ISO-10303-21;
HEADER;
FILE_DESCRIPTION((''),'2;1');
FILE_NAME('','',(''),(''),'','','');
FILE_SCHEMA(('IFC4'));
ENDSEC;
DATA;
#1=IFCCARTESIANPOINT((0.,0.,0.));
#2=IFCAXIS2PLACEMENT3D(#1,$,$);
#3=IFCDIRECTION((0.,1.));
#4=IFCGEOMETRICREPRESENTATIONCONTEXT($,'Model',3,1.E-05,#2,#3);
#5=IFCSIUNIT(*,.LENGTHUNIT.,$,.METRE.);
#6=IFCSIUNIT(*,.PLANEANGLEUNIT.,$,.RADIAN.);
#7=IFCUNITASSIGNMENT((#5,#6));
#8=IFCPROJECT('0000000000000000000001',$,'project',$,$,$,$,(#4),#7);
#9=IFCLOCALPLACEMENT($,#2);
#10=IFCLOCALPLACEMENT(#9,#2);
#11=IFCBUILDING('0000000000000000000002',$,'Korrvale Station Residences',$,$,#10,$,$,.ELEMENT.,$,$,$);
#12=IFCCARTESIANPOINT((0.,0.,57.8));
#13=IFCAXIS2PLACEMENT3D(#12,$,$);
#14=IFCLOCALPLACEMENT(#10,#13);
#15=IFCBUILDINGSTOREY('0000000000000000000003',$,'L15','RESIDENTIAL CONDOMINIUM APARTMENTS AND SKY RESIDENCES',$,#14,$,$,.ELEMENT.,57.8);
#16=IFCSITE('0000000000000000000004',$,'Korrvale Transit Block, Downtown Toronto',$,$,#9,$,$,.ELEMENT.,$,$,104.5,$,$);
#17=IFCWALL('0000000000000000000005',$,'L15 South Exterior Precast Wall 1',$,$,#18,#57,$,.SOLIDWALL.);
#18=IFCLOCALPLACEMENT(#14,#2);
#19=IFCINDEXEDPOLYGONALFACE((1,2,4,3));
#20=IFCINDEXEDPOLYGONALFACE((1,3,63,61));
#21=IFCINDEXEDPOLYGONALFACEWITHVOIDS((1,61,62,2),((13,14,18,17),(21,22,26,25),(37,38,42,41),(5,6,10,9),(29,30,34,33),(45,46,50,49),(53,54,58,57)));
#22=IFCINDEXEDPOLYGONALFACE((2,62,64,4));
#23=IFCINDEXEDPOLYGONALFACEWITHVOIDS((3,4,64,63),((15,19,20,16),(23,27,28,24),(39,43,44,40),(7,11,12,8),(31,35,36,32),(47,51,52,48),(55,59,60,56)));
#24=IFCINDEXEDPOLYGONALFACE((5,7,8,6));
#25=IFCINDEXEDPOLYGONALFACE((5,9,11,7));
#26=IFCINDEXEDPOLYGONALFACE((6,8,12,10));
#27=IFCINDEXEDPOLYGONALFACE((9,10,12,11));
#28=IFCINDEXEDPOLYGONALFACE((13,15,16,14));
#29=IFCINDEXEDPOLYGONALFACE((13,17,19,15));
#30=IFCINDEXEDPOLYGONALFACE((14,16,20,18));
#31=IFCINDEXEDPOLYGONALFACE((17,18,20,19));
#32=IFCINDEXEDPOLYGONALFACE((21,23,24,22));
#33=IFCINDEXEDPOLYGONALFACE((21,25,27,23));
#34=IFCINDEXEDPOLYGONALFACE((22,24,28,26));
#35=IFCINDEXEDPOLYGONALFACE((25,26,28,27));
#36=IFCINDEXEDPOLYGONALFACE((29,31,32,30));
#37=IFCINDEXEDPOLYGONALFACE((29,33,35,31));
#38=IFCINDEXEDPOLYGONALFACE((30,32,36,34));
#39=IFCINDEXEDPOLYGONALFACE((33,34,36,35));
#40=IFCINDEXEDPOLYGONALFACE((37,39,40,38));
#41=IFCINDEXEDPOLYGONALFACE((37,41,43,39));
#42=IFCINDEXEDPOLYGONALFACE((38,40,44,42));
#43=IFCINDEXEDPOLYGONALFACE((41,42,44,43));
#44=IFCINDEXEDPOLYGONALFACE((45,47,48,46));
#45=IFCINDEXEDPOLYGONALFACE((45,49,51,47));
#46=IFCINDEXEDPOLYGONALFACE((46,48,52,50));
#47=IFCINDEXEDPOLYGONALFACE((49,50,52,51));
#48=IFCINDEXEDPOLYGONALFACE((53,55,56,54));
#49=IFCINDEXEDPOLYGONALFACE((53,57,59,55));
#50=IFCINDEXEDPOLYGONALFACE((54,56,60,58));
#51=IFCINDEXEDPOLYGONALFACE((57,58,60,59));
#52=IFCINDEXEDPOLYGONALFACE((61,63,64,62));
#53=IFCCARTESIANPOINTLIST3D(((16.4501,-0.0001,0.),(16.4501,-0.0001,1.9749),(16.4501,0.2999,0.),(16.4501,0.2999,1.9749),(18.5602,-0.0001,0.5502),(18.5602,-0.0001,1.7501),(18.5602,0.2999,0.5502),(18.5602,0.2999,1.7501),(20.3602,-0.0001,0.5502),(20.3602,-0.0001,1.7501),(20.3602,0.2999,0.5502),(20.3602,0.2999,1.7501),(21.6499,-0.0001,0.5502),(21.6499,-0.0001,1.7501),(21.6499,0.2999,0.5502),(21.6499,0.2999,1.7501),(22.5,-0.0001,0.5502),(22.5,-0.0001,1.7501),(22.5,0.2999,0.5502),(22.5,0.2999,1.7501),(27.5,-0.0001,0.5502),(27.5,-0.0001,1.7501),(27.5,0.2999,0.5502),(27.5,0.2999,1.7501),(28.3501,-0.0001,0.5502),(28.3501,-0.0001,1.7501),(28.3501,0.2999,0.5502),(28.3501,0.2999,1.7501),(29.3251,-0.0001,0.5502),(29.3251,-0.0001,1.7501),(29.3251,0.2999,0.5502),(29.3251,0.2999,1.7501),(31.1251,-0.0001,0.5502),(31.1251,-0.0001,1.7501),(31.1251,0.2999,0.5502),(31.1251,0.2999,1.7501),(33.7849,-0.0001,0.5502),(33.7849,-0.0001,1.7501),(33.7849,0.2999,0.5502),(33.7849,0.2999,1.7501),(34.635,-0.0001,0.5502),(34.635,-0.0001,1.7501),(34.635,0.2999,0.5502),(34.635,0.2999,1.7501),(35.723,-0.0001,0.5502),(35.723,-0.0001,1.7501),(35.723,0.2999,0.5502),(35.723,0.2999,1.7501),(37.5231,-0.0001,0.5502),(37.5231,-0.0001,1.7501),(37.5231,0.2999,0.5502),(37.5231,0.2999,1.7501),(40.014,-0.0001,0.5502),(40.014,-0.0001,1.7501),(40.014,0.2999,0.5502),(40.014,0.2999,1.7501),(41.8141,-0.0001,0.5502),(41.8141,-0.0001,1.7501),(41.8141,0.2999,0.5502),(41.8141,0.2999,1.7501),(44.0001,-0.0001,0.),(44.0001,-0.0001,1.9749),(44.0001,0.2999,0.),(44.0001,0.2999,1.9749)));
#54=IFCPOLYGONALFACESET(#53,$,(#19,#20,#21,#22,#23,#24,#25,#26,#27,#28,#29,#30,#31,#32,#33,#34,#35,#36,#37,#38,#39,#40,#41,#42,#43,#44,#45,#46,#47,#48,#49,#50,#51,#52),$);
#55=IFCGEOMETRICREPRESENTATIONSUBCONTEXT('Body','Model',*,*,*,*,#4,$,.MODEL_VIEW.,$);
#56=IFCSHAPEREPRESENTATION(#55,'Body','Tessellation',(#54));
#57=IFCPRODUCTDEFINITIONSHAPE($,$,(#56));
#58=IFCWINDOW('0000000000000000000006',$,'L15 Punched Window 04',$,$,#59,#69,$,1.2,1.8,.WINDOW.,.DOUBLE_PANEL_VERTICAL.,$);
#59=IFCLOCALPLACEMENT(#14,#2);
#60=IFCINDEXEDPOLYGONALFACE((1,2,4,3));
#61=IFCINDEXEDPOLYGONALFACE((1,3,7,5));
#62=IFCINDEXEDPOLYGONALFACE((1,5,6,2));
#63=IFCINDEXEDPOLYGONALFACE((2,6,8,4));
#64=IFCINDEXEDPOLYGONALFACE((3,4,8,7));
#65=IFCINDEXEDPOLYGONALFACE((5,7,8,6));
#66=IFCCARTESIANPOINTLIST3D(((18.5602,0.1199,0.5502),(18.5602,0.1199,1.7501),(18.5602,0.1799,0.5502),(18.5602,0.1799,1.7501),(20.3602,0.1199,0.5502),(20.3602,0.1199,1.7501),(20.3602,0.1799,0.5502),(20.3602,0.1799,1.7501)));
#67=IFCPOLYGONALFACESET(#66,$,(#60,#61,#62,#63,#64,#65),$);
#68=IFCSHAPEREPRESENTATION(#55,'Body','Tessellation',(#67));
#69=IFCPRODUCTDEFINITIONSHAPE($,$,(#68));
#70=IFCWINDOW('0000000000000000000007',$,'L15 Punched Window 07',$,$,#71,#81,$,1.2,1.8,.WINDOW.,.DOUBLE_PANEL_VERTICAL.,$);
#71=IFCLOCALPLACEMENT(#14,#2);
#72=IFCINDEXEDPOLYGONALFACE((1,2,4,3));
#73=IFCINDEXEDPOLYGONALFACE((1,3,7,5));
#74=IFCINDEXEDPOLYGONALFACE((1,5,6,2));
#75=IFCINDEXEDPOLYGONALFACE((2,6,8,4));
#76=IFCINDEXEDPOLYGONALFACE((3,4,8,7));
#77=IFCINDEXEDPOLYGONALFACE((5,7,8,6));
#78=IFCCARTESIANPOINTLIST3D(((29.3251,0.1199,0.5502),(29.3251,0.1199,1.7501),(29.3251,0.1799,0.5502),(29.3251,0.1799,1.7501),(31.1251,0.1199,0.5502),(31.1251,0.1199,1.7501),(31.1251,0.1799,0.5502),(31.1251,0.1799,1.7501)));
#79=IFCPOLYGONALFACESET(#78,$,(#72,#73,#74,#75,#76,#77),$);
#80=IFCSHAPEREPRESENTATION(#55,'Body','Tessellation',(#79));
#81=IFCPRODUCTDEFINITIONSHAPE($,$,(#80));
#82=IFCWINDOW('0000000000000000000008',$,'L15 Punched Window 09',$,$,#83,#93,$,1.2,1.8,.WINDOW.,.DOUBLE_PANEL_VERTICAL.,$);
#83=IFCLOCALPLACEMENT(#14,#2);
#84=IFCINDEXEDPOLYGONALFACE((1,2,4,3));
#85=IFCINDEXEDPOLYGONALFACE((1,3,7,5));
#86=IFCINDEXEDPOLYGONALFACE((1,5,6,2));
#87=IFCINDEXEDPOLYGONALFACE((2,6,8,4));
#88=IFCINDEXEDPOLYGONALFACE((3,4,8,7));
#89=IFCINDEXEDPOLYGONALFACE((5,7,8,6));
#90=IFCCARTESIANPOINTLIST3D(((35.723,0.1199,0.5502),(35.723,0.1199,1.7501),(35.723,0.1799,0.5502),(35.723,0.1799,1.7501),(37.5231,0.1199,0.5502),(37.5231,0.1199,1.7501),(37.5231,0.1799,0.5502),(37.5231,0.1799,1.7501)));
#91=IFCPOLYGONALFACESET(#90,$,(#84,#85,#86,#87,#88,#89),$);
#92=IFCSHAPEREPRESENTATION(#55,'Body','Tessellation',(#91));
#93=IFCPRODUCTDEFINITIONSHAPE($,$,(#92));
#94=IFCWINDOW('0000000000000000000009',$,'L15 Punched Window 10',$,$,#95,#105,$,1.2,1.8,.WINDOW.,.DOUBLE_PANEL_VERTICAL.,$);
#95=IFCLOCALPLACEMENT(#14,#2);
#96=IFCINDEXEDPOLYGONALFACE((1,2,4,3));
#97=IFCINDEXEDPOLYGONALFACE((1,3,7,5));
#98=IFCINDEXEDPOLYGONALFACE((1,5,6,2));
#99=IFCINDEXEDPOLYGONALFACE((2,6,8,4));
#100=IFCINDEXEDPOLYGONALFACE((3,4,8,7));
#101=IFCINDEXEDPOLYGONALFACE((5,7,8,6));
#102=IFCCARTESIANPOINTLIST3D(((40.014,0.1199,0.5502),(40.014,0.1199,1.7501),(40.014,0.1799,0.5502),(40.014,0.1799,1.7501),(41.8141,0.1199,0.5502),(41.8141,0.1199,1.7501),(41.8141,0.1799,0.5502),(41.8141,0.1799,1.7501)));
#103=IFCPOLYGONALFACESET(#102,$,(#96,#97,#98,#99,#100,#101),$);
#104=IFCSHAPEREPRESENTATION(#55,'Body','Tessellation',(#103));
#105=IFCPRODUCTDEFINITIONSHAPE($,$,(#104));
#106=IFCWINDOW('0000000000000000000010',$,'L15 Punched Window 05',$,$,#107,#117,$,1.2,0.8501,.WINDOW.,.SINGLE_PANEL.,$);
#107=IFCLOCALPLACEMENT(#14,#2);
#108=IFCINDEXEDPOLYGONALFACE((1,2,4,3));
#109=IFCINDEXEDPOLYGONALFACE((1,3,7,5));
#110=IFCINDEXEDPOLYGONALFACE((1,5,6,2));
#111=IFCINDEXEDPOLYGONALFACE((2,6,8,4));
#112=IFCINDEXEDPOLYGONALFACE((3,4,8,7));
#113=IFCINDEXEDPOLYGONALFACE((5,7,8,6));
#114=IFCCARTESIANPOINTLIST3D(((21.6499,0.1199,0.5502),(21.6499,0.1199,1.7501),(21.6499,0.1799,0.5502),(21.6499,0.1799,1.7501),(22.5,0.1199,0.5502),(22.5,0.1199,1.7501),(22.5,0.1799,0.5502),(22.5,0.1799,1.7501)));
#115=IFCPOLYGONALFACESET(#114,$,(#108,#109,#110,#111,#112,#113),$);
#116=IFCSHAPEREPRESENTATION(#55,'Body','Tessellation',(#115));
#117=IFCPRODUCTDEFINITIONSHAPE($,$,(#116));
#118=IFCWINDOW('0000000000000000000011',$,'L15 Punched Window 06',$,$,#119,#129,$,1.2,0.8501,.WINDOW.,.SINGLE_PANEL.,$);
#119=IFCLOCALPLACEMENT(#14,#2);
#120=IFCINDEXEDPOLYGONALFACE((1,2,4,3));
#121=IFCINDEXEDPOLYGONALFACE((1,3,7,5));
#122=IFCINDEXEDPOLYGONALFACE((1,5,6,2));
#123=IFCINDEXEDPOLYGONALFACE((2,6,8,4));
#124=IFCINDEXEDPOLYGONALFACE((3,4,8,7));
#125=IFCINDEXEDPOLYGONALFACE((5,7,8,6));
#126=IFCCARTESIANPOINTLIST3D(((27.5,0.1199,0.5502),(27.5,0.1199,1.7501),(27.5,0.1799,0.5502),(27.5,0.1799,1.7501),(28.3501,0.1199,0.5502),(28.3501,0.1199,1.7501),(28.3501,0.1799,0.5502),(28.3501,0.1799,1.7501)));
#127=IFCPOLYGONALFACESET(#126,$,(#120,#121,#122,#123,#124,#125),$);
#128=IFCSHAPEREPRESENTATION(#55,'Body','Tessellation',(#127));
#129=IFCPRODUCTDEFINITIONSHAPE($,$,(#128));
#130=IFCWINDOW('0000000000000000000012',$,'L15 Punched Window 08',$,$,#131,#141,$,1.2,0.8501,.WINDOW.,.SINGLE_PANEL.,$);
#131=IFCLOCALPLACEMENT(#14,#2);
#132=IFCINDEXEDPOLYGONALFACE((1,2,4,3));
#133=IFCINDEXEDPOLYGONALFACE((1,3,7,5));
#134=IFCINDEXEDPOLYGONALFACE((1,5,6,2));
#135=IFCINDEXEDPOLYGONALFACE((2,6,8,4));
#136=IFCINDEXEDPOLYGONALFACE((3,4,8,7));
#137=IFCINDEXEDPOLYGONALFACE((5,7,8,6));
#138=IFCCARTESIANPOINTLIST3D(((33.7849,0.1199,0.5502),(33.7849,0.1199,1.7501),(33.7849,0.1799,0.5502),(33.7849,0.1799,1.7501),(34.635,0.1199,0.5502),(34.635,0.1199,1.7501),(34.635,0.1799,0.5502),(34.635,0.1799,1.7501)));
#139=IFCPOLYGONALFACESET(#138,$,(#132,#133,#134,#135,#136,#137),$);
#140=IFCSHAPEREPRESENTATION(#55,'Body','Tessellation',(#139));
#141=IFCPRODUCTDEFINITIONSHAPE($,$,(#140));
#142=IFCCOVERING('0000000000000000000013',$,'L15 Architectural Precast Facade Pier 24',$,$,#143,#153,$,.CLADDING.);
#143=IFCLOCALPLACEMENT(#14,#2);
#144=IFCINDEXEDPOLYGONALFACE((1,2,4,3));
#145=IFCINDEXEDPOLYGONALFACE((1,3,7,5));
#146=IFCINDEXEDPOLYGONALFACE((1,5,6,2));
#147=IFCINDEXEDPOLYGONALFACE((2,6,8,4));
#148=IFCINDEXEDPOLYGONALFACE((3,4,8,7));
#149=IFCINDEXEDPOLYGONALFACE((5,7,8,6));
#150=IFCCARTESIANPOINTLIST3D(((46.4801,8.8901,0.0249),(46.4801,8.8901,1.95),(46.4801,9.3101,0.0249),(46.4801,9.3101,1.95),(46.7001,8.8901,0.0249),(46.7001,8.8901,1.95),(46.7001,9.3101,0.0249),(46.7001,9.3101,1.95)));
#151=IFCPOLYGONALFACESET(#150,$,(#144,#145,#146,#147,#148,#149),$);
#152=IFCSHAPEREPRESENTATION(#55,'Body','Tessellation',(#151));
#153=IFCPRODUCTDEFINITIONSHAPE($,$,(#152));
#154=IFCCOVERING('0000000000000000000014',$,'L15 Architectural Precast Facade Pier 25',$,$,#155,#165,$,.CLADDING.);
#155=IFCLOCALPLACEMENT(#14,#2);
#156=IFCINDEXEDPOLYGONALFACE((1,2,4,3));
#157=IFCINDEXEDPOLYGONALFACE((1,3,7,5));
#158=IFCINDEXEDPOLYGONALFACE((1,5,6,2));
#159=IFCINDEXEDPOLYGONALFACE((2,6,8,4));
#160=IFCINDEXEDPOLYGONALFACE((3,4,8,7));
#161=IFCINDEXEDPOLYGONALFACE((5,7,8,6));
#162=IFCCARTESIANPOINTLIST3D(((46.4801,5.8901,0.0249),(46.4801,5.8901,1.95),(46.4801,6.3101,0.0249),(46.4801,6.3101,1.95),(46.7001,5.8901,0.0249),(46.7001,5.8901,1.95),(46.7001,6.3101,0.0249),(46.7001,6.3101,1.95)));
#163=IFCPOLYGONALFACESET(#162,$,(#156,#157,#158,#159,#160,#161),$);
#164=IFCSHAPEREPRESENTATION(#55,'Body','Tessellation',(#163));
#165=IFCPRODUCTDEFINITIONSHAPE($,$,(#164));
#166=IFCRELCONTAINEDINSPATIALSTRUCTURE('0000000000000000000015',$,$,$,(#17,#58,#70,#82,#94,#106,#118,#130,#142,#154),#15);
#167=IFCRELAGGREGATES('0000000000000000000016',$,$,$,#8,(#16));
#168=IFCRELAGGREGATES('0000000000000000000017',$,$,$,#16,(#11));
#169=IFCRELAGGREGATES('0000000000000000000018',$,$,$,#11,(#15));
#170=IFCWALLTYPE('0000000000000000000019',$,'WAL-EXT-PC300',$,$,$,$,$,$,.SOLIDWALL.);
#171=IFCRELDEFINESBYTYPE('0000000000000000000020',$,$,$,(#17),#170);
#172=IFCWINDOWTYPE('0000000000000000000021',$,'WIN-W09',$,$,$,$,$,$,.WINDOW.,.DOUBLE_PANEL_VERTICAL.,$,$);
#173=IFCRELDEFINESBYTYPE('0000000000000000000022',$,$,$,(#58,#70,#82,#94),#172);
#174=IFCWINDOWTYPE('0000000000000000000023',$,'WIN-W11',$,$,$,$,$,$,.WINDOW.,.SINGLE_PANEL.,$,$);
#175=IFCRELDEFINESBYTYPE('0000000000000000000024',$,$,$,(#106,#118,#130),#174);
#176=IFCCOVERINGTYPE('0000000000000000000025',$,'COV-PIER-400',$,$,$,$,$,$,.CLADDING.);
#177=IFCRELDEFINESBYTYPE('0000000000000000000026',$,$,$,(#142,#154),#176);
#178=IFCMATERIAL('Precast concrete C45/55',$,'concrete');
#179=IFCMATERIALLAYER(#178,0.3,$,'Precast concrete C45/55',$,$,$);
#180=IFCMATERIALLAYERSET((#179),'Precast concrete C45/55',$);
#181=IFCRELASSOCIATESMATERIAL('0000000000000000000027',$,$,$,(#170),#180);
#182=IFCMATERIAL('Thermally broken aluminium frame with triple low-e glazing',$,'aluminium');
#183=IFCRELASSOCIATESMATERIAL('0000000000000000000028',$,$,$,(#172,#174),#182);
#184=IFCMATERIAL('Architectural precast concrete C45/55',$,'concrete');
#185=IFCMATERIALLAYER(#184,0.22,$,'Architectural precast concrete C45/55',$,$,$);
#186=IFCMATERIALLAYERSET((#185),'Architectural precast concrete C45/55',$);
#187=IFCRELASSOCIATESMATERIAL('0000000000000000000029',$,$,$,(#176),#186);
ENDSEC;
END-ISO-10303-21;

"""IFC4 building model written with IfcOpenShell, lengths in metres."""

from ifc_helpers import new_model, si_unit, direction, frame, frame_2d, origin, origin_2d, place, context, subcontext, project, spatial, rectangle, extrude, material, layer, layer_set, type_object, element, fill, save


model = new_model("IFC4")

# Units and contexts
model_context = context("Model", 3, precision=1e-05, world=origin(), true_north=direction((0.0, 1.0)))
body_context = subcontext(model_context, "Body", "Model", "MODEL_VIEW")
ifc_project = project(units=[si_unit("LENGTHUNIT", "METRE"), si_unit("PLANEANGLEUNIT", "RADIAN")], contexts=[model_context])

# Site, building, storey
site_placement = place(None, origin())
site = spatial("IfcSite", under=ifc_project, at=site_placement, Name="Korrvale Transit Block, Downtown Toronto", CompositionType="ELEMENT", RefElevation=104.5)
building_placement = place(site_placement, origin())
building = spatial("IfcBuilding", under=site, at=building_placement, Name="Korrvale Station Residences", CompositionType="ELEMENT")
storey_placement = place(building_placement, frame((0.0, 0.0, 57.8)))
storey = spatial("IfcBuildingStorey", under=building, at=storey_placement, Name="L15", Description="RESIDENTIAL CONDOMINIUM APARTMENTS AND SKY RESIDENCES", CompositionType="ELEMENT", Elevation=57.8)

# Shared definitions
ifc_material_1 = material(Name="Precast concrete C45/55", Category="concrete")

# Wall, openings, windows
ifc_layer_1 = layer(ifc_material_1, 0.3, Name="Precast concrete C45/55")
ifc_layer_set_1 = layer_set([ifc_layer_1], Name="Precast concrete C45/55")
wall_type_1 = type_object("IfcWallType", Name="WAL-EXT-PC300", PredefinedType="SOLIDWALL", material=ifc_layer_set_1)
wall_1_placement = place(storey_placement, frame((44.0, 0.1499, 0.0), z_axis=(0.0, 0.0, 1.0), x_axis=(-1.0, 0.0, 0.0)))
wall_1 = element("IfcWall", 1, at=wall_1_placement, inside=storey, type_object=wall_type_1, Name="L15 South Exterior Precast Wall 1", PredefinedType="SOLIDWALL", context=body_context, shape_type="SweptSolid", body=[
    extrude(rectangle(XDim=27.55, YDim=0.3, at=frame_2d((13.7749, 0.0))), origin(), (0.0, 0.0, 1.0), 1.9749),
])
opening_1_placement = place(wall_1_placement, frame((23.6399, 0.0, 0.55)))
opening_1 = element("IfcOpeningElement", 2, at=opening_1_placement, cuts=wall_1, PredefinedType="OPENING", context=body_context, shape_type="SweptSolid", body=[
    extrude(rectangle(XDim=1.8, YDim=1.2, at=frame_2d((0.8999, 0.6001))), frame((0.0, 0.1602, 0.0), z_axis=(0.0, -1.0, 0.0), x_axis=(1.0, 0.0, 0.0)), (0.0, 0.0, 1.0), 0.3201),
])
opening_2_placement = place(wall_1_placement, frame((21.5, 0.0, 0.55)))
opening_2 = element("IfcOpeningElement", 3, at=opening_2_placement, cuts=wall_1, PredefinedType="OPENING", context=body_context, shape_type="SweptSolid", body=[
    extrude(rectangle(XDim=0.8501, YDim=1.2, at=frame_2d((0.425, 0.6001))), frame((0.0, 0.1602, 0.0), z_axis=(0.0, -1.0, 0.0), x_axis=(1.0, 0.0, 0.0)), (0.0, 0.0, 1.0), 0.3201),
])
opening_3_placement = place(wall_1_placement, frame((15.6499, 0.0, 0.55)))
opening_3 = element("IfcOpeningElement", 4, at=opening_3_placement, cuts=wall_1, PredefinedType="OPENING", context=body_context, shape_type="SweptSolid", body=[
    extrude(rectangle(XDim=0.8501, YDim=1.2, at=frame_2d((0.425, 0.6001))), frame((0.0, 0.1602, 0.0), z_axis=(0.0, -1.0, 0.0), x_axis=(1.0, 0.0, 0.0)), (0.0, 0.0, 1.0), 0.3201),
])
opening_4_placement = place(wall_1_placement, frame((12.875, 0.0, 0.55)))
opening_4 = element("IfcOpeningElement", 5, at=opening_4_placement, cuts=wall_1, PredefinedType="OPENING", context=body_context, shape_type="SweptSolid", body=[
    extrude(rectangle(XDim=1.8, YDim=1.2, at=frame_2d((0.8999, 0.6001))), frame((0.0, 0.1602, 0.0), z_axis=(0.0, -1.0, 0.0), x_axis=(1.0, 0.0, 0.0)), (0.0, 0.0, 1.0), 0.3201),
])
opening_5_placement = place(wall_1_placement, frame((9.365, 0.0, 0.55)))
opening_5 = element("IfcOpeningElement", 6, at=opening_5_placement, cuts=wall_1, PredefinedType="OPENING", context=body_context, shape_type="SweptSolid", body=[
    extrude(rectangle(XDim=0.8501, YDim=1.2, at=frame_2d((0.425, 0.6001))), frame((0.0, 0.1602, 0.0), z_axis=(0.0, -1.0, 0.0), x_axis=(1.0, 0.0, 0.0)), (0.0, 0.0, 1.0), 0.3201),
])
opening_6_placement = place(wall_1_placement, frame((6.4771, 0.0, 0.55)))
opening_6 = element("IfcOpeningElement", 7, at=opening_6_placement, cuts=wall_1, PredefinedType="OPENING", context=body_context, shape_type="SweptSolid", body=[
    extrude(rectangle(XDim=1.8, YDim=1.2, at=frame_2d((0.8999, 0.6001))), frame((0.0, 0.1602, 0.0), z_axis=(0.0, -1.0, 0.0), x_axis=(1.0, 0.0, 0.0)), (0.0, 0.0, 1.0), 0.3201),
])
opening_7_placement = place(wall_1_placement, frame((2.186, 0.0, 0.55)))
opening_7 = element("IfcOpeningElement", 8, at=opening_7_placement, cuts=wall_1, PredefinedType="OPENING", context=body_context, shape_type="SweptSolid", body=[
    extrude(rectangle(XDim=1.8, YDim=1.2, at=frame_2d((0.8999, 0.6001))), frame((0.0, 0.1602, 0.0), z_axis=(0.0, -1.0, 0.0), x_axis=(1.0, 0.0, 0.0)), (0.0, 0.0, 1.0), 0.3201),
])
ifc_material_2 = material(Name="Thermally broken aluminium frame with triple low-e glazing", Category="aluminium")
window_type_1 = type_object("IfcWindowType", Name="WIN-W09", PartitioningType="DOUBLE_PANEL_VERTICAL", PredefinedType="WINDOW", material=ifc_material_2)
window_1_placement = place(opening_1_placement, origin())
window_1 = element("IfcWindow", 9, at=window_1_placement, inside=storey, type_object=window_type_1, Name="L15 Punched Window 04", OverallHeight=1.2, OverallWidth=1.8, PartitioningType="DOUBLE_PANEL_VERTICAL", PredefinedType="WINDOW", context=body_context, shape_type="SweptSolid", body=[
    extrude(rectangle(XDim=1.8, YDim=1.2, at=frame_2d((0.8999, 0.6001))), frame((0.0, 0.03, 0.0), z_axis=(0.0, -1.0, 0.0), x_axis=(1.0, 0.0, 0.0)), (0.0, 0.0, 1.0), 0.0601),
])
fill(opening_1, window_1)
window_2_placement = place(opening_4_placement, origin())
window_2 = element("IfcWindow", 10, at=window_2_placement, inside=storey, type_object=window_type_1, Name="L15 Punched Window 07", OverallHeight=1.2, OverallWidth=1.8, PartitioningType="DOUBLE_PANEL_VERTICAL", PredefinedType="WINDOW", context=body_context, shape_type="SweptSolid", body=[
    extrude(rectangle(XDim=1.8, YDim=1.2, at=frame_2d((0.8999, 0.6001))), frame((0.0, 0.03, 0.0), z_axis=(0.0, -1.0, 0.0), x_axis=(1.0, 0.0, 0.0)), (0.0, 0.0, 1.0), 0.0601),
])
fill(opening_4, window_2)
window_3_placement = place(opening_6_placement, origin())
window_3 = element("IfcWindow", 11, at=window_3_placement, inside=storey, type_object=window_type_1, Name="L15 Punched Window 09", OverallHeight=1.2, OverallWidth=1.8, PartitioningType="DOUBLE_PANEL_VERTICAL", PredefinedType="WINDOW", context=body_context, shape_type="SweptSolid", body=[
    extrude(rectangle(XDim=1.8, YDim=1.2, at=frame_2d((0.8999, 0.6001))), frame((0.0, 0.03, 0.0), z_axis=(0.0, -1.0, 0.0), x_axis=(1.0, 0.0, 0.0)), (0.0, 0.0, 1.0), 0.0601),
])
fill(opening_6, window_3)
window_4_placement = place(opening_7_placement, origin())
window_4 = element("IfcWindow", 12, at=window_4_placement, inside=storey, type_object=window_type_1, Name="L15 Punched Window 10", OverallHeight=1.2, OverallWidth=1.8, PartitioningType="DOUBLE_PANEL_VERTICAL", PredefinedType="WINDOW", context=body_context, shape_type="SweptSolid", body=[
    extrude(rectangle(XDim=1.8, YDim=1.2, at=frame_2d((0.8999, 0.6001))), frame((0.0, 0.03, 0.0), z_axis=(0.0, -1.0, 0.0), x_axis=(1.0, 0.0, 0.0)), (0.0, 0.0, 1.0), 0.0601),
])
fill(opening_7, window_4)
window_type_2 = type_object("IfcWindowType", Name="WIN-W11", PartitioningType="SINGLE_PANEL", PredefinedType="WINDOW", material=ifc_material_2)
window_5_placement = place(opening_2_placement, origin())
window_5 = element("IfcWindow", 13, at=window_5_placement, inside=storey, type_object=window_type_2, Name="L15 Punched Window 05", OverallHeight=1.2, OverallWidth=0.8501, PartitioningType="SINGLE_PANEL", PredefinedType="WINDOW", context=body_context, shape_type="SweptSolid", body=[
    extrude(rectangle(XDim=0.8501, YDim=1.2, at=frame_2d((0.425, 0.6001))), frame((0.0, 0.03, 0.0), z_axis=(0.0, -1.0, 0.0), x_axis=(1.0, 0.0, 0.0)), (0.0, 0.0, 1.0), 0.0601),
])
fill(opening_2, window_5)
window_6_placement = place(opening_3_placement, origin())
window_6 = element("IfcWindow", 14, at=window_6_placement, inside=storey, type_object=window_type_2, Name="L15 Punched Window 06", OverallHeight=1.2, OverallWidth=0.8501, PartitioningType="SINGLE_PANEL", PredefinedType="WINDOW", context=body_context, shape_type="SweptSolid", body=[
    extrude(rectangle(XDim=0.8501, YDim=1.2, at=frame_2d((0.425, 0.6001))), frame((0.0, 0.03, 0.0), z_axis=(0.0, -1.0, 0.0), x_axis=(1.0, 0.0, 0.0)), (0.0, 0.0, 1.0), 0.0601),
])
fill(opening_3, window_6)
window_7_placement = place(opening_5_placement, origin())
window_7 = element("IfcWindow", 15, at=window_7_placement, inside=storey, type_object=window_type_2, Name="L15 Punched Window 08", OverallHeight=1.2, OverallWidth=0.8501, PartitioningType="SINGLE_PANEL", PredefinedType="WINDOW", context=body_context, shape_type="SweptSolid", body=[
    extrude(rectangle(XDim=0.8501, YDim=1.2, at=frame_2d((0.425, 0.6001))), frame((0.0, 0.03, 0.0), z_axis=(0.0, -1.0, 0.0), x_axis=(1.0, 0.0, 0.0)), (0.0, 0.0, 1.0), 0.0601),
])
fill(opening_5, window_7)

# Coverings
ifc_material_3 = material(Name="Architectural precast concrete C45/55", Category="concrete")
ifc_layer_2 = layer(ifc_material_3, 0.22, Name="Architectural precast concrete C45/55")
ifc_layer_set_2 = layer_set([ifc_layer_2], Name="Architectural precast concrete C45/55")
covering_type = type_object("IfcCoveringType", Name="COV-PIER-400", PredefinedType="CLADDING", material=ifc_layer_set_2)
for number, where, z_axis, x_axis, name in (
    (16, (46.5901, 9.1001, 0.0249), (0.0, 0.0, 1.0), (0.0, 1.0, 0.0), "L15 Architectural Precast Facade Pier 24"),
    (17, (46.5901, 6.1001, 0.0249), (0.0, 0.0, 1.0), (0.0, 1.0, 0.0), "L15 Architectural Precast Facade Pier 25"),
):
    element("IfcCovering", number, at=place(storey_placement, frame(where, z_axis=z_axis, x_axis=x_axis)), inside=storey, type_object=covering_type, Name=name, PredefinedType="CLADDING", context=body_context, shape_type="SweptSolid", body=[
        extrude(rectangle(XDim=0.4199, YDim=0.22, at=origin_2d()), origin(), (0.0, 0.0, 1.0), 1.925),
    ])

save(model, "model.ifc")
